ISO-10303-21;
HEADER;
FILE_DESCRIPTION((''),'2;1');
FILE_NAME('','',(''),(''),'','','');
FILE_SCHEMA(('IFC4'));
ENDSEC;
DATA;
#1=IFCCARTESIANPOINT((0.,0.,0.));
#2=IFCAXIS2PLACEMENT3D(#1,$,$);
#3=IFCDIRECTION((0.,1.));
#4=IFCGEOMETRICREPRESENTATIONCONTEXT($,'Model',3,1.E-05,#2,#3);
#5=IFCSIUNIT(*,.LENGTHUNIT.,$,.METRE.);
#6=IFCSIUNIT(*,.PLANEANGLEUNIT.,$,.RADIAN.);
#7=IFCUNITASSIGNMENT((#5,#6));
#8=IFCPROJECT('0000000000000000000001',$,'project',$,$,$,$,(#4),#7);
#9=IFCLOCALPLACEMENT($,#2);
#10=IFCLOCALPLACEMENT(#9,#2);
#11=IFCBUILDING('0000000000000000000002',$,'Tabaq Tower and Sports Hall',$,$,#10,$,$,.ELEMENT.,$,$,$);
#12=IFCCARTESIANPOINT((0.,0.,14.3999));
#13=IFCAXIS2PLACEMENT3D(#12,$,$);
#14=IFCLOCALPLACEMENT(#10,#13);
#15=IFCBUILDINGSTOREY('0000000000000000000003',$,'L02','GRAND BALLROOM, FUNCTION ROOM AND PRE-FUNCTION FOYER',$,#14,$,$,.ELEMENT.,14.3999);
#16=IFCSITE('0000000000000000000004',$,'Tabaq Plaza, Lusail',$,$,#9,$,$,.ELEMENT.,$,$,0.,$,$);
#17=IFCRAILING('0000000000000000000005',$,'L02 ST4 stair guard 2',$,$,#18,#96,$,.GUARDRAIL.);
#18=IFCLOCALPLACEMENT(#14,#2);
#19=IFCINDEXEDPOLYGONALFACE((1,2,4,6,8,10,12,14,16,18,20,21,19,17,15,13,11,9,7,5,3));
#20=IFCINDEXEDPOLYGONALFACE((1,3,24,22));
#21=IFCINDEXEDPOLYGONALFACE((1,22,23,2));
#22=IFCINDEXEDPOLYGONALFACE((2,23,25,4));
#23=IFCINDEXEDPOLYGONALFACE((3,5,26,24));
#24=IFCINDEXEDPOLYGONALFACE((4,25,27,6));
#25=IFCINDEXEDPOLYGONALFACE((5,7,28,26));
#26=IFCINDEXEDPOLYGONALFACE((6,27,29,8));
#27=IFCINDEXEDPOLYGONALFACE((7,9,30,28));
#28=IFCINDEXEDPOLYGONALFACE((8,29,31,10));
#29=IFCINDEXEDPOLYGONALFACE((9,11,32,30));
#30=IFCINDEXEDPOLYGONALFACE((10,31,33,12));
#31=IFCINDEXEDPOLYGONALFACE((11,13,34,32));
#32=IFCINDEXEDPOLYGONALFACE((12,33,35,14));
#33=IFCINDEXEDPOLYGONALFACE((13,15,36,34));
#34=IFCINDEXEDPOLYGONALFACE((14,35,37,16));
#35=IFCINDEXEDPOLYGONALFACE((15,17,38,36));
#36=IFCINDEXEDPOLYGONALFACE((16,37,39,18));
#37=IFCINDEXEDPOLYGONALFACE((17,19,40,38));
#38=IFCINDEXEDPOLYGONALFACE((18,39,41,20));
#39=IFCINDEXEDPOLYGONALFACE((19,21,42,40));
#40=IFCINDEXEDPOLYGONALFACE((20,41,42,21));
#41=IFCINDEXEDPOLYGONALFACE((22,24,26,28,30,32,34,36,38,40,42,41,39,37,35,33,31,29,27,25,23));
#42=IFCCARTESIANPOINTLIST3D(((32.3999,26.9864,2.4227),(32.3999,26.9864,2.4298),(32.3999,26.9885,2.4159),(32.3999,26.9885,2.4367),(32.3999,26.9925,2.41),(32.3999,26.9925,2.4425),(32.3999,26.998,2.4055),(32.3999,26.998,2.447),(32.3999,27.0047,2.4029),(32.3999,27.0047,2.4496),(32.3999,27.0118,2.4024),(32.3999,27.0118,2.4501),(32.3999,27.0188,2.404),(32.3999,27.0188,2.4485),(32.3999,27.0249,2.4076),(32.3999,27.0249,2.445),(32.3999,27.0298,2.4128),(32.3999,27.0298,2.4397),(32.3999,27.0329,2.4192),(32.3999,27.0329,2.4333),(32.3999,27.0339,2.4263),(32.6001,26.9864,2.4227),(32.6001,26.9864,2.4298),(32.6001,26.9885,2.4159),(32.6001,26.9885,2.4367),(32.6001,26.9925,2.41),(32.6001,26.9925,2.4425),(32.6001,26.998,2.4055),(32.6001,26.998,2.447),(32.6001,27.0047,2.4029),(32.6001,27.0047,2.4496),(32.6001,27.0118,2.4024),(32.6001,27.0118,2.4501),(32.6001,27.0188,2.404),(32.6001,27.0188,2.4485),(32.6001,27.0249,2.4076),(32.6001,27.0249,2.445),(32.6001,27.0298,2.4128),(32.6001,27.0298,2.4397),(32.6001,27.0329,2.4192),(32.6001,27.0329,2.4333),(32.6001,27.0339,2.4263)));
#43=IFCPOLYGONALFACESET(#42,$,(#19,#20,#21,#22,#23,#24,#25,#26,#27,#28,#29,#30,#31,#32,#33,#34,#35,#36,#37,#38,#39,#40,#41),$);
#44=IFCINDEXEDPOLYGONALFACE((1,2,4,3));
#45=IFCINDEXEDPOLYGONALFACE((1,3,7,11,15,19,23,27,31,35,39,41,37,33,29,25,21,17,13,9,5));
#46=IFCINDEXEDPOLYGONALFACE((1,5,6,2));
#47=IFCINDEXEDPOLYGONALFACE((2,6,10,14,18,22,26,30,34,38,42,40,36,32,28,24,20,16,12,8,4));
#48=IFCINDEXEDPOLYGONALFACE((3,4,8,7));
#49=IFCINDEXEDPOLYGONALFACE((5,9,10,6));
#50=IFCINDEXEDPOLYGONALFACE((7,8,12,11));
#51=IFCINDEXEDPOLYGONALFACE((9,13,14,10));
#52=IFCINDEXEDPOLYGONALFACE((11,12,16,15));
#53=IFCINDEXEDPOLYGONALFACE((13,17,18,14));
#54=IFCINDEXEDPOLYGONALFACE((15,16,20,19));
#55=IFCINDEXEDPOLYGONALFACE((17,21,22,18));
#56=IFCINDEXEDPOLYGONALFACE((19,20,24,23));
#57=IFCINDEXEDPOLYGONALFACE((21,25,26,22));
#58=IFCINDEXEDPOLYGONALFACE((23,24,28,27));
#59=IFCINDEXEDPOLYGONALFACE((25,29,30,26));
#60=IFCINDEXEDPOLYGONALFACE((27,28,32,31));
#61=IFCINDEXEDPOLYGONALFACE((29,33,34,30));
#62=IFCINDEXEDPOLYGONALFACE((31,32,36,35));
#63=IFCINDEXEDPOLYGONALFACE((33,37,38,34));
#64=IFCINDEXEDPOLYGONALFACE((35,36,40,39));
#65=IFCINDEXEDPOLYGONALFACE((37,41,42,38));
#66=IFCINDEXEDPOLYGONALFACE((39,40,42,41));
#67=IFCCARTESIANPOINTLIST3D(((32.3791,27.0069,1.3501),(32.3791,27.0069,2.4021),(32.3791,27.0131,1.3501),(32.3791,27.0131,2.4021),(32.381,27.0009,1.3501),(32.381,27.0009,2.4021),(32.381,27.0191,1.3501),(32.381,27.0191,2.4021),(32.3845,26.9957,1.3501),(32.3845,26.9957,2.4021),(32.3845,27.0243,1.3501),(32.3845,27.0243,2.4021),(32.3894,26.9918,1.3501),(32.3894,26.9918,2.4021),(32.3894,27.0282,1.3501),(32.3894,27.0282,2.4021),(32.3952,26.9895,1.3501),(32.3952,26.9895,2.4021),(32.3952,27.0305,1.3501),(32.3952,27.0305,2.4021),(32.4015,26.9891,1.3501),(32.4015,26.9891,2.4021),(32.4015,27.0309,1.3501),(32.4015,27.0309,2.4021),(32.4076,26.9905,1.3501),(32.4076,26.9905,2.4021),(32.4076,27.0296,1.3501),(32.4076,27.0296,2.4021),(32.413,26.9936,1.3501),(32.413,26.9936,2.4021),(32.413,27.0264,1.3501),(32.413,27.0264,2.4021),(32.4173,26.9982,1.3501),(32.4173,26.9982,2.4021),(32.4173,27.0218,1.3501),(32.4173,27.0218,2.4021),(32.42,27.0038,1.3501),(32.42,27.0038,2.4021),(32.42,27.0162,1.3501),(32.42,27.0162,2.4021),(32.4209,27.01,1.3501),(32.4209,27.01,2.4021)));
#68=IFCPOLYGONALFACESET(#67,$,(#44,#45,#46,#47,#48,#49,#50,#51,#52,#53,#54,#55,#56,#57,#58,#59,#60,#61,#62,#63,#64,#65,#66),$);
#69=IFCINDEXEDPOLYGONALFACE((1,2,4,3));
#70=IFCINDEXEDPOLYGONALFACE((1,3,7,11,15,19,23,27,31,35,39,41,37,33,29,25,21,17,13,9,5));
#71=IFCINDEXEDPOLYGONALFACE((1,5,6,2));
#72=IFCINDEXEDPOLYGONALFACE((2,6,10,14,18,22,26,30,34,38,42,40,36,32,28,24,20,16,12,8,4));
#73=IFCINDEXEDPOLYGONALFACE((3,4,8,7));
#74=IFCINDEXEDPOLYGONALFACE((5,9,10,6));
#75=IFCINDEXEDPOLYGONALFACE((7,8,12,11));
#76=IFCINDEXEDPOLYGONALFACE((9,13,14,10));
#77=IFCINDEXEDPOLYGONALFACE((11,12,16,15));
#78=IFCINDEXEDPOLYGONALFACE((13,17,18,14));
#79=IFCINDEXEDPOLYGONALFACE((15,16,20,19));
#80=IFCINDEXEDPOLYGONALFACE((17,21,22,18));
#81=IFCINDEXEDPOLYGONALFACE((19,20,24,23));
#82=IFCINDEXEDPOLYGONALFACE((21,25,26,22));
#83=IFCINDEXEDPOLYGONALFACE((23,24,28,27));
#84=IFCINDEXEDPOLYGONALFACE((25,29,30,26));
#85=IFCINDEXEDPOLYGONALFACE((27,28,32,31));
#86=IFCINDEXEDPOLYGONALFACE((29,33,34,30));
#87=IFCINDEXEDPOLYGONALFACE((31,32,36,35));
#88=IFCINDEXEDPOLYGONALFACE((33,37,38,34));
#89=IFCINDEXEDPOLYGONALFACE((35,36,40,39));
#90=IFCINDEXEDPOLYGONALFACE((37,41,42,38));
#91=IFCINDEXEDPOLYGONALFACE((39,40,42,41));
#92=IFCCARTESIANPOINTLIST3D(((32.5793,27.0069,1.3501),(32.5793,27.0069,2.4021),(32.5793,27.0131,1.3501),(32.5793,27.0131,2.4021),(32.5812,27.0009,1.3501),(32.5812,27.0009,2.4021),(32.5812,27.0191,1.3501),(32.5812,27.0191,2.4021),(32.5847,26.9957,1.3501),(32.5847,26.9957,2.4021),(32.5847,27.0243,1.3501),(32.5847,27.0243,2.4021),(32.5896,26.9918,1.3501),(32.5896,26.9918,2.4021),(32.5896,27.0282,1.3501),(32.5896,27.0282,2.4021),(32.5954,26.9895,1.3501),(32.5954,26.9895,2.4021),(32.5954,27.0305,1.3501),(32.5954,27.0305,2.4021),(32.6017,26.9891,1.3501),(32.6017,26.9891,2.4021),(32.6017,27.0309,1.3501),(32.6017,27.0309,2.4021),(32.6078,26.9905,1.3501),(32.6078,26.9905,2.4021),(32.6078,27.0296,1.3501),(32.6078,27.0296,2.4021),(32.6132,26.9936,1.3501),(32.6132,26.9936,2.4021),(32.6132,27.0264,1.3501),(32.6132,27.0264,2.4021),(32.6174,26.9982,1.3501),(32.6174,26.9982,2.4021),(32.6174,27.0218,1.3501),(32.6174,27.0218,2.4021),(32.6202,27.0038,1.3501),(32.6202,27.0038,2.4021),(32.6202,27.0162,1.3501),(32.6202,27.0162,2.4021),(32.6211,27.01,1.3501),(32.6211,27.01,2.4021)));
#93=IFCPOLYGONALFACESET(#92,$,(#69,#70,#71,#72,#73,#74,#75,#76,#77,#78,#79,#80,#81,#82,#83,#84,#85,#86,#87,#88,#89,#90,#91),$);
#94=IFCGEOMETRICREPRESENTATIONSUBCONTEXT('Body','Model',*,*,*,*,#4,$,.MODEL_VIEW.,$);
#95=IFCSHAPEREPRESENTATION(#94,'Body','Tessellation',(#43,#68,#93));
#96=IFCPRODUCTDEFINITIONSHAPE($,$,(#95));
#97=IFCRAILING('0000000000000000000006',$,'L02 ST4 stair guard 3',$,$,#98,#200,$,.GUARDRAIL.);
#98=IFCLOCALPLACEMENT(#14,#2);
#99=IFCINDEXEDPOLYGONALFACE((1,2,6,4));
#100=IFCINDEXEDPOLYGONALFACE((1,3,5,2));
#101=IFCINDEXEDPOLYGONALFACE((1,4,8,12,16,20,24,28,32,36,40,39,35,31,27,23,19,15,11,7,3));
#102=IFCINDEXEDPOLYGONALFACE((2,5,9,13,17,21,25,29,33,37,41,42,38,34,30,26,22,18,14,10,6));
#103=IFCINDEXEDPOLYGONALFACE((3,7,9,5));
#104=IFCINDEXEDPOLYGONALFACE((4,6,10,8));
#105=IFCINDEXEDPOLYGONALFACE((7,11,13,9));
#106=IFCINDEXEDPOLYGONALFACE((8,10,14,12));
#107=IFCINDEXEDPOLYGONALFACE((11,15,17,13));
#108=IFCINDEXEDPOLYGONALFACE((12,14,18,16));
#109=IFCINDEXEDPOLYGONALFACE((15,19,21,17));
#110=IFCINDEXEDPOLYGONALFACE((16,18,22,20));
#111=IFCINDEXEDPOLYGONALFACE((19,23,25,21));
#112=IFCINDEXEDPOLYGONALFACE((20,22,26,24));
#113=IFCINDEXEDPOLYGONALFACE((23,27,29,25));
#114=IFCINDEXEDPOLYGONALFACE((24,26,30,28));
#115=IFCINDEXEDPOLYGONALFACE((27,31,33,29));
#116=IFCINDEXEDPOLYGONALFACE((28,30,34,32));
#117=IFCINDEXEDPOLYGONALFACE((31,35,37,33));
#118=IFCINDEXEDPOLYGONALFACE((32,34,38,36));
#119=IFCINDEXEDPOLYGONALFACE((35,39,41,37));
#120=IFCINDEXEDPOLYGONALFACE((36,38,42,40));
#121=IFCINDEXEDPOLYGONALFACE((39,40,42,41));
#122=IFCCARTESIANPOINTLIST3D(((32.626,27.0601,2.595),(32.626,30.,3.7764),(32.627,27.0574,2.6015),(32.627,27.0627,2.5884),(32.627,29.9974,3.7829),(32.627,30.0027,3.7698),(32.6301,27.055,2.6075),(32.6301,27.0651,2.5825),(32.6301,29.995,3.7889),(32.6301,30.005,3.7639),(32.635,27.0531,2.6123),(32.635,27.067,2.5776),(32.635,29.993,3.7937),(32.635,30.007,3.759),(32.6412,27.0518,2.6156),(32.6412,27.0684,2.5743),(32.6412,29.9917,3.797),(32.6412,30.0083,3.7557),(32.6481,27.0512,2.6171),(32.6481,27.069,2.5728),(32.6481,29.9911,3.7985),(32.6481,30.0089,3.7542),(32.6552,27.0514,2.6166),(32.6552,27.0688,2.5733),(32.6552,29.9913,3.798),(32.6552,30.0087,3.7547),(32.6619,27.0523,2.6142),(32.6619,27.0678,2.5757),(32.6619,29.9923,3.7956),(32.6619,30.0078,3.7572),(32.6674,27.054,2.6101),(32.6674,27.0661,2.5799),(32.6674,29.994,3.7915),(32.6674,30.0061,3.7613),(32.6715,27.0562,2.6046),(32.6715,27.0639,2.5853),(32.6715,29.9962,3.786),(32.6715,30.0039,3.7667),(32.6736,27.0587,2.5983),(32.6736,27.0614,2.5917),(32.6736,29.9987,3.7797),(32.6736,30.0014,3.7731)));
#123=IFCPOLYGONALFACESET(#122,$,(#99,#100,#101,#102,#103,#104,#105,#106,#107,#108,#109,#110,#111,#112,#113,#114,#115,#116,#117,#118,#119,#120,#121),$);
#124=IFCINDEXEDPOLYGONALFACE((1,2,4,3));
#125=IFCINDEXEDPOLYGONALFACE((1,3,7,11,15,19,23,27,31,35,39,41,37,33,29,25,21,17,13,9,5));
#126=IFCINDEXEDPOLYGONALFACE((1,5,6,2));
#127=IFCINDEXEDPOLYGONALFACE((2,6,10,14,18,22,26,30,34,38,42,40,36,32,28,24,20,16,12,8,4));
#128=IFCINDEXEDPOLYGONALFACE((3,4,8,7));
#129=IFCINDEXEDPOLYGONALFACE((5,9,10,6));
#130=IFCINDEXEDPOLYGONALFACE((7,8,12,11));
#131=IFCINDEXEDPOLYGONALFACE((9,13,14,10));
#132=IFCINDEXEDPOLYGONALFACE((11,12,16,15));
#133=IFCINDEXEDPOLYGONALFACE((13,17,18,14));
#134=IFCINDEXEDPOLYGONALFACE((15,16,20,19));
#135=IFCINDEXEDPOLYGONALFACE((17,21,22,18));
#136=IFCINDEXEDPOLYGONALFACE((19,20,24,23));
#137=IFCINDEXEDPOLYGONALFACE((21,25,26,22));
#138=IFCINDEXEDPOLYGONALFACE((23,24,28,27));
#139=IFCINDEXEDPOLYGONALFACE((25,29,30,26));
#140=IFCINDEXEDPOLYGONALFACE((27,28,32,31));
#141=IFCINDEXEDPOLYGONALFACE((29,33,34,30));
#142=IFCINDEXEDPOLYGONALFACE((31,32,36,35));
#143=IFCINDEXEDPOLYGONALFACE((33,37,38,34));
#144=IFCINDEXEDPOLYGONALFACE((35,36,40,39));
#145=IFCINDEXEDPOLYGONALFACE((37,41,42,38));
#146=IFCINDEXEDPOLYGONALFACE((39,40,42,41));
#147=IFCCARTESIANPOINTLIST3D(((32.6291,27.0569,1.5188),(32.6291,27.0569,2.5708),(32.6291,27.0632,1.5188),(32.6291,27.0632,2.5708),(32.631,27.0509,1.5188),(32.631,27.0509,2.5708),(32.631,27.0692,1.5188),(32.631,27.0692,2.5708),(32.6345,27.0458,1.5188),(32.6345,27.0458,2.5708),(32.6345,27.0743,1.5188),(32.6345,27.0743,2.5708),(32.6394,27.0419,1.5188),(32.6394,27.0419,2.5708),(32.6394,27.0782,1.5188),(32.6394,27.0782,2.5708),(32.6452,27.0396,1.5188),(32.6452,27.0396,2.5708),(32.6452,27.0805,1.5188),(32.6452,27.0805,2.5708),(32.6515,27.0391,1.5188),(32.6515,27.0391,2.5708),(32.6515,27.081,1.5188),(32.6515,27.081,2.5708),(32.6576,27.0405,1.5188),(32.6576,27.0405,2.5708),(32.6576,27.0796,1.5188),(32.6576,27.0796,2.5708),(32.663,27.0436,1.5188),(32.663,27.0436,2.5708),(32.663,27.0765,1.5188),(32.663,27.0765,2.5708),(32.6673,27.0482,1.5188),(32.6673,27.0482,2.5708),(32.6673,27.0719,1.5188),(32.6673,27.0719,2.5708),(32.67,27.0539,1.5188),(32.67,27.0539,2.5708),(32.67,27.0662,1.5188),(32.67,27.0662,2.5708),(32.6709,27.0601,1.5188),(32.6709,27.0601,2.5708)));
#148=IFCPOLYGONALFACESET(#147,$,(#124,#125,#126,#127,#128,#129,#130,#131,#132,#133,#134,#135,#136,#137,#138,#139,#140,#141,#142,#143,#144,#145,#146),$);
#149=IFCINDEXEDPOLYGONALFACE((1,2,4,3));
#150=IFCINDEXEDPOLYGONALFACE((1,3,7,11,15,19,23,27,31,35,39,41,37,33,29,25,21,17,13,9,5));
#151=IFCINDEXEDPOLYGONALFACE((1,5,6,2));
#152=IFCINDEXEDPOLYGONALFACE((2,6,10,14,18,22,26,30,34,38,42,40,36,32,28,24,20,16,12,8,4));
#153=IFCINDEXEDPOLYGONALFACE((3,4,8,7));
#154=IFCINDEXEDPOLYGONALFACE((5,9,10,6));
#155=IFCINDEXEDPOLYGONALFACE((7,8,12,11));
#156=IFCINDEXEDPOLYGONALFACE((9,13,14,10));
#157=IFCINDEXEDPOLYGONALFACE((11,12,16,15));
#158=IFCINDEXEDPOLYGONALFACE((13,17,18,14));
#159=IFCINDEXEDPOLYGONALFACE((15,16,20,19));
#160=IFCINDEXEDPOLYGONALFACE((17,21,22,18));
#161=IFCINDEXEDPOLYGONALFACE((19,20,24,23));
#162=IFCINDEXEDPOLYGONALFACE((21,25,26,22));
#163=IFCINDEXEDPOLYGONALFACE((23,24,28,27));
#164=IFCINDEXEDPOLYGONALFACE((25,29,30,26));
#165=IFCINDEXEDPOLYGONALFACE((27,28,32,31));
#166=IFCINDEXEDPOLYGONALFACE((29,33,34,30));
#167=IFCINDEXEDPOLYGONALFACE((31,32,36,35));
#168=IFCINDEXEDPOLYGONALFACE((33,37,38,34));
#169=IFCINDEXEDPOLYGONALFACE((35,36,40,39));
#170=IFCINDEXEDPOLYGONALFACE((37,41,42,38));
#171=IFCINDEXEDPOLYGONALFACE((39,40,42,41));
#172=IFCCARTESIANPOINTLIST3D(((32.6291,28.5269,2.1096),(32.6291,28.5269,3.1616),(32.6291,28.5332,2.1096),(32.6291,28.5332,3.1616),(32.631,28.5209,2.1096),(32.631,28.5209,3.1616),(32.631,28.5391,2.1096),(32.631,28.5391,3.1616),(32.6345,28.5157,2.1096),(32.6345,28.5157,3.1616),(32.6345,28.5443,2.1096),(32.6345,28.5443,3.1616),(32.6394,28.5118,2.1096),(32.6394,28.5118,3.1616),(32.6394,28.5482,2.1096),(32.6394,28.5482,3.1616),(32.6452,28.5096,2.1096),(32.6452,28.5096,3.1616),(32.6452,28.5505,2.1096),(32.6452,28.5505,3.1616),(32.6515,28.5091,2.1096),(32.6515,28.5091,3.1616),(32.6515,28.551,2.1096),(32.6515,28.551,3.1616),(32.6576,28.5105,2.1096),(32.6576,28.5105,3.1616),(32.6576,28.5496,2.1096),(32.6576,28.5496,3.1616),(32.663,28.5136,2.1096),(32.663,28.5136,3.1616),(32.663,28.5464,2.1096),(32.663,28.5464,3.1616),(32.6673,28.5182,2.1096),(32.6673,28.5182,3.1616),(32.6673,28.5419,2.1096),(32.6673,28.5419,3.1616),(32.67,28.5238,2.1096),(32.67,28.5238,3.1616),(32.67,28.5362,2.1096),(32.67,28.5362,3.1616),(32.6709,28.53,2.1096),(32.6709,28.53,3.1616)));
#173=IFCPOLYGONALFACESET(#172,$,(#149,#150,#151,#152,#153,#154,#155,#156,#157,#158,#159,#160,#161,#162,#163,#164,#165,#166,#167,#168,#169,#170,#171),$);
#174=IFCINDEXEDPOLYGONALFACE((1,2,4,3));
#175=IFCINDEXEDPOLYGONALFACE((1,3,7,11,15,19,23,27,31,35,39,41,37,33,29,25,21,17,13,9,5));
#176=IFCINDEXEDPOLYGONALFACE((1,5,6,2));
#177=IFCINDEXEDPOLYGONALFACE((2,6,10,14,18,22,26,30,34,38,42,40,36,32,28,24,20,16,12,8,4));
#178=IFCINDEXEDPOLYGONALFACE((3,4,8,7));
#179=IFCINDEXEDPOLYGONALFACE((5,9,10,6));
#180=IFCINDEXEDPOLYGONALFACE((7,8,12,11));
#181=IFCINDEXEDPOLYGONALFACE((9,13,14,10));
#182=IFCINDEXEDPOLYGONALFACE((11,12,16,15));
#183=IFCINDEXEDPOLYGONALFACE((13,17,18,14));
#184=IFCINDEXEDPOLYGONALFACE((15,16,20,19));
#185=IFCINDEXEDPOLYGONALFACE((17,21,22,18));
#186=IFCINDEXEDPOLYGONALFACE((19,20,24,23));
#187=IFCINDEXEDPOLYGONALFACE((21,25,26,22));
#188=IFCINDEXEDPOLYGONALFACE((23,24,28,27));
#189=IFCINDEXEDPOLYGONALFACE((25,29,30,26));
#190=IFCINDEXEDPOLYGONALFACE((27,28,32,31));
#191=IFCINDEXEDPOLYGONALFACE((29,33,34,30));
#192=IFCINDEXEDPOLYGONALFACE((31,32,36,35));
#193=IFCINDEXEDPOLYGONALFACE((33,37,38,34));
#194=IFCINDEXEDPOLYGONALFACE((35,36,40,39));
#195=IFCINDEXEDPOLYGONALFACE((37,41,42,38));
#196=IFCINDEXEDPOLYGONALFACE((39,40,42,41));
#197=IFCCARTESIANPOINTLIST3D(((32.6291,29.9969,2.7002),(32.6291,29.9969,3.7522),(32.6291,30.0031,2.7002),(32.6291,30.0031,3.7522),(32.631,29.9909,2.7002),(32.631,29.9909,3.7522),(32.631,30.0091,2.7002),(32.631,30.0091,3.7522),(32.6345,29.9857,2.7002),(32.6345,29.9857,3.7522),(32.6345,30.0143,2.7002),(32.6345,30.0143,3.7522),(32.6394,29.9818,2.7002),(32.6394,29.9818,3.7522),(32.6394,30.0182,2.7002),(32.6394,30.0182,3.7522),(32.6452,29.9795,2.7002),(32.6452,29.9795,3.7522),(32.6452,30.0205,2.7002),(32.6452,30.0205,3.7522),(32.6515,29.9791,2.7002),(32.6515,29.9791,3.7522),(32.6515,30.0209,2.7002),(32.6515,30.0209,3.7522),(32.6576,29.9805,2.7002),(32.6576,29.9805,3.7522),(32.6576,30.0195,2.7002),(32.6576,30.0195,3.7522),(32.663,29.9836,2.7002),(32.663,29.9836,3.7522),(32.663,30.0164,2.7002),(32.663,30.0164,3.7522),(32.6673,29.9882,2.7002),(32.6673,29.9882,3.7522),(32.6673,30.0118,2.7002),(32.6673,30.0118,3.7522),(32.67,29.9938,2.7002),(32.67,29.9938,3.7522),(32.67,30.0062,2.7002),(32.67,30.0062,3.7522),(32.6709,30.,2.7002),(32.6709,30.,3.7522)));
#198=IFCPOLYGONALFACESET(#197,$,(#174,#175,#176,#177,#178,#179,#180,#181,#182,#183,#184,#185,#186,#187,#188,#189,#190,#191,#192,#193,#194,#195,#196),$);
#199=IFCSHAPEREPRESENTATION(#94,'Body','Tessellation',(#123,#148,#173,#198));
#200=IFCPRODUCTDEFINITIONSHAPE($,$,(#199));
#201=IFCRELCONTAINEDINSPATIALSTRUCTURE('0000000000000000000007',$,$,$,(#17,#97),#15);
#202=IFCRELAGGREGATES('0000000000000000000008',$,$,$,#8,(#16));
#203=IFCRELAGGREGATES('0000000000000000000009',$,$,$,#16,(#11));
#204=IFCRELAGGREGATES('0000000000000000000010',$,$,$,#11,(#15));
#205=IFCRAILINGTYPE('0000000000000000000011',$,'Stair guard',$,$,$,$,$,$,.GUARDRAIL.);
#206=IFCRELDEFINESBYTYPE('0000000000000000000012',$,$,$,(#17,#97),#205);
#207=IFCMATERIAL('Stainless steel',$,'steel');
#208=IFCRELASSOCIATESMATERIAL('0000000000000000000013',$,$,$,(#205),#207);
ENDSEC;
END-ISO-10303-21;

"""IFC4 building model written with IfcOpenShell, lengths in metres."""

from ifc_helpers import new_model, si_unit, direction, frame, origin, origin_2d, place, context, subcontext, project, spatial, circle, extrude, material, type_object, element, save


model = new_model("IFC4")

# Units and contexts
model_context = context("Model", 3, precision=1e-05, world=origin(), true_north=direction((0.0, 1.0)))
body_context = subcontext(model_context, "Body", "Model", "MODEL_VIEW")
ifc_project = project(units=[si_unit("LENGTHUNIT", "METRE"), si_unit("PLANEANGLEUNIT", "RADIAN")], contexts=[model_context])

# Site, building, storey
site_placement = place(None, origin())
site = spatial("IfcSite", under=ifc_project, at=site_placement, Name="Tabaq Plaza, Lusail", CompositionType="ELEMENT", RefElevation=0.0)
building_placement = place(site_placement, origin())
building = spatial("IfcBuilding", under=site, at=building_placement, Name="Tabaq Tower and Sports Hall", CompositionType="ELEMENT")
storey_placement = place(building_placement, frame((0.0, 0.0, 14.3999)))
storey = spatial("IfcBuildingStorey", under=building, at=storey_placement, Name="L02", Description="GRAND BALLROOM, FUNCTION ROOM AND PRE-FUNCTION FOYER", CompositionType="ELEMENT", Elevation=14.3999)

# Railings
ifc_material_1 = material(Name="Stainless steel", Category="steel")
railing_type_1 = type_object("IfcRailingType", Name="Stair guard", PredefinedType="GUARDRAIL", material=ifc_material_1)
railing_1_placement = place(storey_placement, frame((32.3999, 27.01, 1.3501)))
element("IfcRailing", 1, at=railing_1_placement, inside=storey, type_object=railing_type_1, Name="L02 ST4 stair guard 2", PredefinedType="GUARDRAIL", context=body_context, shape_type="SweptSolid", body=[
    extrude(circle(Radius=0.0239, at=origin_2d()), frame((0.0, 0.0, 1.0762), z_axis=(1.0, 0.0, 0.0), x_axis=(0.0, 1.0, 0.0)), (0.0, 0.0, 1.0), 0.2002),
    extrude(circle(Radius=0.021, at=origin_2d()), origin(), (0.0, 0.0, 1.0), 1.052),
    extrude(circle(Radius=0.021, at=origin_2d()), frame((0.2002, 0.0, 0.0)), (0.0, 0.0, 1.0), 1.052),
])
railing_2_placement = place(storey_placement, frame((32.6499, 27.0601, 1.5188)))
element("IfcRailing", 2, at=railing_2_placement, inside=storey, type_object=railing_type_1, Name="L02 ST4 stair guard 3", PredefinedType="GUARDRAIL", context=body_context, shape_type="SweptSolid", body=[
    extrude(circle(Radius=0.0239, at=origin_2d()), frame((0.0, 0.0, 1.0762), z_axis=(0.0, 0.927886, 0.372865), x_axis=(-1.0, 0.0, 0.0)), (0.0, 0.0, 1.0), 3.1685),
    extrude(circle(Radius=0.021, at=origin_2d()), origin(), (0.0, 0.0, 1.0), 1.052),
    extrude(circle(Radius=0.021, at=origin_2d()), frame((0.0, 1.47, 0.5908)), (0.0, 0.0, 1.0), 1.052),
    extrude(circle(Radius=0.021, at=origin_2d()), frame((0.0, 2.9399, 1.1814)), (0.0, 0.0, 1.0), 1.052),
])

save(model, "model.ifc")
